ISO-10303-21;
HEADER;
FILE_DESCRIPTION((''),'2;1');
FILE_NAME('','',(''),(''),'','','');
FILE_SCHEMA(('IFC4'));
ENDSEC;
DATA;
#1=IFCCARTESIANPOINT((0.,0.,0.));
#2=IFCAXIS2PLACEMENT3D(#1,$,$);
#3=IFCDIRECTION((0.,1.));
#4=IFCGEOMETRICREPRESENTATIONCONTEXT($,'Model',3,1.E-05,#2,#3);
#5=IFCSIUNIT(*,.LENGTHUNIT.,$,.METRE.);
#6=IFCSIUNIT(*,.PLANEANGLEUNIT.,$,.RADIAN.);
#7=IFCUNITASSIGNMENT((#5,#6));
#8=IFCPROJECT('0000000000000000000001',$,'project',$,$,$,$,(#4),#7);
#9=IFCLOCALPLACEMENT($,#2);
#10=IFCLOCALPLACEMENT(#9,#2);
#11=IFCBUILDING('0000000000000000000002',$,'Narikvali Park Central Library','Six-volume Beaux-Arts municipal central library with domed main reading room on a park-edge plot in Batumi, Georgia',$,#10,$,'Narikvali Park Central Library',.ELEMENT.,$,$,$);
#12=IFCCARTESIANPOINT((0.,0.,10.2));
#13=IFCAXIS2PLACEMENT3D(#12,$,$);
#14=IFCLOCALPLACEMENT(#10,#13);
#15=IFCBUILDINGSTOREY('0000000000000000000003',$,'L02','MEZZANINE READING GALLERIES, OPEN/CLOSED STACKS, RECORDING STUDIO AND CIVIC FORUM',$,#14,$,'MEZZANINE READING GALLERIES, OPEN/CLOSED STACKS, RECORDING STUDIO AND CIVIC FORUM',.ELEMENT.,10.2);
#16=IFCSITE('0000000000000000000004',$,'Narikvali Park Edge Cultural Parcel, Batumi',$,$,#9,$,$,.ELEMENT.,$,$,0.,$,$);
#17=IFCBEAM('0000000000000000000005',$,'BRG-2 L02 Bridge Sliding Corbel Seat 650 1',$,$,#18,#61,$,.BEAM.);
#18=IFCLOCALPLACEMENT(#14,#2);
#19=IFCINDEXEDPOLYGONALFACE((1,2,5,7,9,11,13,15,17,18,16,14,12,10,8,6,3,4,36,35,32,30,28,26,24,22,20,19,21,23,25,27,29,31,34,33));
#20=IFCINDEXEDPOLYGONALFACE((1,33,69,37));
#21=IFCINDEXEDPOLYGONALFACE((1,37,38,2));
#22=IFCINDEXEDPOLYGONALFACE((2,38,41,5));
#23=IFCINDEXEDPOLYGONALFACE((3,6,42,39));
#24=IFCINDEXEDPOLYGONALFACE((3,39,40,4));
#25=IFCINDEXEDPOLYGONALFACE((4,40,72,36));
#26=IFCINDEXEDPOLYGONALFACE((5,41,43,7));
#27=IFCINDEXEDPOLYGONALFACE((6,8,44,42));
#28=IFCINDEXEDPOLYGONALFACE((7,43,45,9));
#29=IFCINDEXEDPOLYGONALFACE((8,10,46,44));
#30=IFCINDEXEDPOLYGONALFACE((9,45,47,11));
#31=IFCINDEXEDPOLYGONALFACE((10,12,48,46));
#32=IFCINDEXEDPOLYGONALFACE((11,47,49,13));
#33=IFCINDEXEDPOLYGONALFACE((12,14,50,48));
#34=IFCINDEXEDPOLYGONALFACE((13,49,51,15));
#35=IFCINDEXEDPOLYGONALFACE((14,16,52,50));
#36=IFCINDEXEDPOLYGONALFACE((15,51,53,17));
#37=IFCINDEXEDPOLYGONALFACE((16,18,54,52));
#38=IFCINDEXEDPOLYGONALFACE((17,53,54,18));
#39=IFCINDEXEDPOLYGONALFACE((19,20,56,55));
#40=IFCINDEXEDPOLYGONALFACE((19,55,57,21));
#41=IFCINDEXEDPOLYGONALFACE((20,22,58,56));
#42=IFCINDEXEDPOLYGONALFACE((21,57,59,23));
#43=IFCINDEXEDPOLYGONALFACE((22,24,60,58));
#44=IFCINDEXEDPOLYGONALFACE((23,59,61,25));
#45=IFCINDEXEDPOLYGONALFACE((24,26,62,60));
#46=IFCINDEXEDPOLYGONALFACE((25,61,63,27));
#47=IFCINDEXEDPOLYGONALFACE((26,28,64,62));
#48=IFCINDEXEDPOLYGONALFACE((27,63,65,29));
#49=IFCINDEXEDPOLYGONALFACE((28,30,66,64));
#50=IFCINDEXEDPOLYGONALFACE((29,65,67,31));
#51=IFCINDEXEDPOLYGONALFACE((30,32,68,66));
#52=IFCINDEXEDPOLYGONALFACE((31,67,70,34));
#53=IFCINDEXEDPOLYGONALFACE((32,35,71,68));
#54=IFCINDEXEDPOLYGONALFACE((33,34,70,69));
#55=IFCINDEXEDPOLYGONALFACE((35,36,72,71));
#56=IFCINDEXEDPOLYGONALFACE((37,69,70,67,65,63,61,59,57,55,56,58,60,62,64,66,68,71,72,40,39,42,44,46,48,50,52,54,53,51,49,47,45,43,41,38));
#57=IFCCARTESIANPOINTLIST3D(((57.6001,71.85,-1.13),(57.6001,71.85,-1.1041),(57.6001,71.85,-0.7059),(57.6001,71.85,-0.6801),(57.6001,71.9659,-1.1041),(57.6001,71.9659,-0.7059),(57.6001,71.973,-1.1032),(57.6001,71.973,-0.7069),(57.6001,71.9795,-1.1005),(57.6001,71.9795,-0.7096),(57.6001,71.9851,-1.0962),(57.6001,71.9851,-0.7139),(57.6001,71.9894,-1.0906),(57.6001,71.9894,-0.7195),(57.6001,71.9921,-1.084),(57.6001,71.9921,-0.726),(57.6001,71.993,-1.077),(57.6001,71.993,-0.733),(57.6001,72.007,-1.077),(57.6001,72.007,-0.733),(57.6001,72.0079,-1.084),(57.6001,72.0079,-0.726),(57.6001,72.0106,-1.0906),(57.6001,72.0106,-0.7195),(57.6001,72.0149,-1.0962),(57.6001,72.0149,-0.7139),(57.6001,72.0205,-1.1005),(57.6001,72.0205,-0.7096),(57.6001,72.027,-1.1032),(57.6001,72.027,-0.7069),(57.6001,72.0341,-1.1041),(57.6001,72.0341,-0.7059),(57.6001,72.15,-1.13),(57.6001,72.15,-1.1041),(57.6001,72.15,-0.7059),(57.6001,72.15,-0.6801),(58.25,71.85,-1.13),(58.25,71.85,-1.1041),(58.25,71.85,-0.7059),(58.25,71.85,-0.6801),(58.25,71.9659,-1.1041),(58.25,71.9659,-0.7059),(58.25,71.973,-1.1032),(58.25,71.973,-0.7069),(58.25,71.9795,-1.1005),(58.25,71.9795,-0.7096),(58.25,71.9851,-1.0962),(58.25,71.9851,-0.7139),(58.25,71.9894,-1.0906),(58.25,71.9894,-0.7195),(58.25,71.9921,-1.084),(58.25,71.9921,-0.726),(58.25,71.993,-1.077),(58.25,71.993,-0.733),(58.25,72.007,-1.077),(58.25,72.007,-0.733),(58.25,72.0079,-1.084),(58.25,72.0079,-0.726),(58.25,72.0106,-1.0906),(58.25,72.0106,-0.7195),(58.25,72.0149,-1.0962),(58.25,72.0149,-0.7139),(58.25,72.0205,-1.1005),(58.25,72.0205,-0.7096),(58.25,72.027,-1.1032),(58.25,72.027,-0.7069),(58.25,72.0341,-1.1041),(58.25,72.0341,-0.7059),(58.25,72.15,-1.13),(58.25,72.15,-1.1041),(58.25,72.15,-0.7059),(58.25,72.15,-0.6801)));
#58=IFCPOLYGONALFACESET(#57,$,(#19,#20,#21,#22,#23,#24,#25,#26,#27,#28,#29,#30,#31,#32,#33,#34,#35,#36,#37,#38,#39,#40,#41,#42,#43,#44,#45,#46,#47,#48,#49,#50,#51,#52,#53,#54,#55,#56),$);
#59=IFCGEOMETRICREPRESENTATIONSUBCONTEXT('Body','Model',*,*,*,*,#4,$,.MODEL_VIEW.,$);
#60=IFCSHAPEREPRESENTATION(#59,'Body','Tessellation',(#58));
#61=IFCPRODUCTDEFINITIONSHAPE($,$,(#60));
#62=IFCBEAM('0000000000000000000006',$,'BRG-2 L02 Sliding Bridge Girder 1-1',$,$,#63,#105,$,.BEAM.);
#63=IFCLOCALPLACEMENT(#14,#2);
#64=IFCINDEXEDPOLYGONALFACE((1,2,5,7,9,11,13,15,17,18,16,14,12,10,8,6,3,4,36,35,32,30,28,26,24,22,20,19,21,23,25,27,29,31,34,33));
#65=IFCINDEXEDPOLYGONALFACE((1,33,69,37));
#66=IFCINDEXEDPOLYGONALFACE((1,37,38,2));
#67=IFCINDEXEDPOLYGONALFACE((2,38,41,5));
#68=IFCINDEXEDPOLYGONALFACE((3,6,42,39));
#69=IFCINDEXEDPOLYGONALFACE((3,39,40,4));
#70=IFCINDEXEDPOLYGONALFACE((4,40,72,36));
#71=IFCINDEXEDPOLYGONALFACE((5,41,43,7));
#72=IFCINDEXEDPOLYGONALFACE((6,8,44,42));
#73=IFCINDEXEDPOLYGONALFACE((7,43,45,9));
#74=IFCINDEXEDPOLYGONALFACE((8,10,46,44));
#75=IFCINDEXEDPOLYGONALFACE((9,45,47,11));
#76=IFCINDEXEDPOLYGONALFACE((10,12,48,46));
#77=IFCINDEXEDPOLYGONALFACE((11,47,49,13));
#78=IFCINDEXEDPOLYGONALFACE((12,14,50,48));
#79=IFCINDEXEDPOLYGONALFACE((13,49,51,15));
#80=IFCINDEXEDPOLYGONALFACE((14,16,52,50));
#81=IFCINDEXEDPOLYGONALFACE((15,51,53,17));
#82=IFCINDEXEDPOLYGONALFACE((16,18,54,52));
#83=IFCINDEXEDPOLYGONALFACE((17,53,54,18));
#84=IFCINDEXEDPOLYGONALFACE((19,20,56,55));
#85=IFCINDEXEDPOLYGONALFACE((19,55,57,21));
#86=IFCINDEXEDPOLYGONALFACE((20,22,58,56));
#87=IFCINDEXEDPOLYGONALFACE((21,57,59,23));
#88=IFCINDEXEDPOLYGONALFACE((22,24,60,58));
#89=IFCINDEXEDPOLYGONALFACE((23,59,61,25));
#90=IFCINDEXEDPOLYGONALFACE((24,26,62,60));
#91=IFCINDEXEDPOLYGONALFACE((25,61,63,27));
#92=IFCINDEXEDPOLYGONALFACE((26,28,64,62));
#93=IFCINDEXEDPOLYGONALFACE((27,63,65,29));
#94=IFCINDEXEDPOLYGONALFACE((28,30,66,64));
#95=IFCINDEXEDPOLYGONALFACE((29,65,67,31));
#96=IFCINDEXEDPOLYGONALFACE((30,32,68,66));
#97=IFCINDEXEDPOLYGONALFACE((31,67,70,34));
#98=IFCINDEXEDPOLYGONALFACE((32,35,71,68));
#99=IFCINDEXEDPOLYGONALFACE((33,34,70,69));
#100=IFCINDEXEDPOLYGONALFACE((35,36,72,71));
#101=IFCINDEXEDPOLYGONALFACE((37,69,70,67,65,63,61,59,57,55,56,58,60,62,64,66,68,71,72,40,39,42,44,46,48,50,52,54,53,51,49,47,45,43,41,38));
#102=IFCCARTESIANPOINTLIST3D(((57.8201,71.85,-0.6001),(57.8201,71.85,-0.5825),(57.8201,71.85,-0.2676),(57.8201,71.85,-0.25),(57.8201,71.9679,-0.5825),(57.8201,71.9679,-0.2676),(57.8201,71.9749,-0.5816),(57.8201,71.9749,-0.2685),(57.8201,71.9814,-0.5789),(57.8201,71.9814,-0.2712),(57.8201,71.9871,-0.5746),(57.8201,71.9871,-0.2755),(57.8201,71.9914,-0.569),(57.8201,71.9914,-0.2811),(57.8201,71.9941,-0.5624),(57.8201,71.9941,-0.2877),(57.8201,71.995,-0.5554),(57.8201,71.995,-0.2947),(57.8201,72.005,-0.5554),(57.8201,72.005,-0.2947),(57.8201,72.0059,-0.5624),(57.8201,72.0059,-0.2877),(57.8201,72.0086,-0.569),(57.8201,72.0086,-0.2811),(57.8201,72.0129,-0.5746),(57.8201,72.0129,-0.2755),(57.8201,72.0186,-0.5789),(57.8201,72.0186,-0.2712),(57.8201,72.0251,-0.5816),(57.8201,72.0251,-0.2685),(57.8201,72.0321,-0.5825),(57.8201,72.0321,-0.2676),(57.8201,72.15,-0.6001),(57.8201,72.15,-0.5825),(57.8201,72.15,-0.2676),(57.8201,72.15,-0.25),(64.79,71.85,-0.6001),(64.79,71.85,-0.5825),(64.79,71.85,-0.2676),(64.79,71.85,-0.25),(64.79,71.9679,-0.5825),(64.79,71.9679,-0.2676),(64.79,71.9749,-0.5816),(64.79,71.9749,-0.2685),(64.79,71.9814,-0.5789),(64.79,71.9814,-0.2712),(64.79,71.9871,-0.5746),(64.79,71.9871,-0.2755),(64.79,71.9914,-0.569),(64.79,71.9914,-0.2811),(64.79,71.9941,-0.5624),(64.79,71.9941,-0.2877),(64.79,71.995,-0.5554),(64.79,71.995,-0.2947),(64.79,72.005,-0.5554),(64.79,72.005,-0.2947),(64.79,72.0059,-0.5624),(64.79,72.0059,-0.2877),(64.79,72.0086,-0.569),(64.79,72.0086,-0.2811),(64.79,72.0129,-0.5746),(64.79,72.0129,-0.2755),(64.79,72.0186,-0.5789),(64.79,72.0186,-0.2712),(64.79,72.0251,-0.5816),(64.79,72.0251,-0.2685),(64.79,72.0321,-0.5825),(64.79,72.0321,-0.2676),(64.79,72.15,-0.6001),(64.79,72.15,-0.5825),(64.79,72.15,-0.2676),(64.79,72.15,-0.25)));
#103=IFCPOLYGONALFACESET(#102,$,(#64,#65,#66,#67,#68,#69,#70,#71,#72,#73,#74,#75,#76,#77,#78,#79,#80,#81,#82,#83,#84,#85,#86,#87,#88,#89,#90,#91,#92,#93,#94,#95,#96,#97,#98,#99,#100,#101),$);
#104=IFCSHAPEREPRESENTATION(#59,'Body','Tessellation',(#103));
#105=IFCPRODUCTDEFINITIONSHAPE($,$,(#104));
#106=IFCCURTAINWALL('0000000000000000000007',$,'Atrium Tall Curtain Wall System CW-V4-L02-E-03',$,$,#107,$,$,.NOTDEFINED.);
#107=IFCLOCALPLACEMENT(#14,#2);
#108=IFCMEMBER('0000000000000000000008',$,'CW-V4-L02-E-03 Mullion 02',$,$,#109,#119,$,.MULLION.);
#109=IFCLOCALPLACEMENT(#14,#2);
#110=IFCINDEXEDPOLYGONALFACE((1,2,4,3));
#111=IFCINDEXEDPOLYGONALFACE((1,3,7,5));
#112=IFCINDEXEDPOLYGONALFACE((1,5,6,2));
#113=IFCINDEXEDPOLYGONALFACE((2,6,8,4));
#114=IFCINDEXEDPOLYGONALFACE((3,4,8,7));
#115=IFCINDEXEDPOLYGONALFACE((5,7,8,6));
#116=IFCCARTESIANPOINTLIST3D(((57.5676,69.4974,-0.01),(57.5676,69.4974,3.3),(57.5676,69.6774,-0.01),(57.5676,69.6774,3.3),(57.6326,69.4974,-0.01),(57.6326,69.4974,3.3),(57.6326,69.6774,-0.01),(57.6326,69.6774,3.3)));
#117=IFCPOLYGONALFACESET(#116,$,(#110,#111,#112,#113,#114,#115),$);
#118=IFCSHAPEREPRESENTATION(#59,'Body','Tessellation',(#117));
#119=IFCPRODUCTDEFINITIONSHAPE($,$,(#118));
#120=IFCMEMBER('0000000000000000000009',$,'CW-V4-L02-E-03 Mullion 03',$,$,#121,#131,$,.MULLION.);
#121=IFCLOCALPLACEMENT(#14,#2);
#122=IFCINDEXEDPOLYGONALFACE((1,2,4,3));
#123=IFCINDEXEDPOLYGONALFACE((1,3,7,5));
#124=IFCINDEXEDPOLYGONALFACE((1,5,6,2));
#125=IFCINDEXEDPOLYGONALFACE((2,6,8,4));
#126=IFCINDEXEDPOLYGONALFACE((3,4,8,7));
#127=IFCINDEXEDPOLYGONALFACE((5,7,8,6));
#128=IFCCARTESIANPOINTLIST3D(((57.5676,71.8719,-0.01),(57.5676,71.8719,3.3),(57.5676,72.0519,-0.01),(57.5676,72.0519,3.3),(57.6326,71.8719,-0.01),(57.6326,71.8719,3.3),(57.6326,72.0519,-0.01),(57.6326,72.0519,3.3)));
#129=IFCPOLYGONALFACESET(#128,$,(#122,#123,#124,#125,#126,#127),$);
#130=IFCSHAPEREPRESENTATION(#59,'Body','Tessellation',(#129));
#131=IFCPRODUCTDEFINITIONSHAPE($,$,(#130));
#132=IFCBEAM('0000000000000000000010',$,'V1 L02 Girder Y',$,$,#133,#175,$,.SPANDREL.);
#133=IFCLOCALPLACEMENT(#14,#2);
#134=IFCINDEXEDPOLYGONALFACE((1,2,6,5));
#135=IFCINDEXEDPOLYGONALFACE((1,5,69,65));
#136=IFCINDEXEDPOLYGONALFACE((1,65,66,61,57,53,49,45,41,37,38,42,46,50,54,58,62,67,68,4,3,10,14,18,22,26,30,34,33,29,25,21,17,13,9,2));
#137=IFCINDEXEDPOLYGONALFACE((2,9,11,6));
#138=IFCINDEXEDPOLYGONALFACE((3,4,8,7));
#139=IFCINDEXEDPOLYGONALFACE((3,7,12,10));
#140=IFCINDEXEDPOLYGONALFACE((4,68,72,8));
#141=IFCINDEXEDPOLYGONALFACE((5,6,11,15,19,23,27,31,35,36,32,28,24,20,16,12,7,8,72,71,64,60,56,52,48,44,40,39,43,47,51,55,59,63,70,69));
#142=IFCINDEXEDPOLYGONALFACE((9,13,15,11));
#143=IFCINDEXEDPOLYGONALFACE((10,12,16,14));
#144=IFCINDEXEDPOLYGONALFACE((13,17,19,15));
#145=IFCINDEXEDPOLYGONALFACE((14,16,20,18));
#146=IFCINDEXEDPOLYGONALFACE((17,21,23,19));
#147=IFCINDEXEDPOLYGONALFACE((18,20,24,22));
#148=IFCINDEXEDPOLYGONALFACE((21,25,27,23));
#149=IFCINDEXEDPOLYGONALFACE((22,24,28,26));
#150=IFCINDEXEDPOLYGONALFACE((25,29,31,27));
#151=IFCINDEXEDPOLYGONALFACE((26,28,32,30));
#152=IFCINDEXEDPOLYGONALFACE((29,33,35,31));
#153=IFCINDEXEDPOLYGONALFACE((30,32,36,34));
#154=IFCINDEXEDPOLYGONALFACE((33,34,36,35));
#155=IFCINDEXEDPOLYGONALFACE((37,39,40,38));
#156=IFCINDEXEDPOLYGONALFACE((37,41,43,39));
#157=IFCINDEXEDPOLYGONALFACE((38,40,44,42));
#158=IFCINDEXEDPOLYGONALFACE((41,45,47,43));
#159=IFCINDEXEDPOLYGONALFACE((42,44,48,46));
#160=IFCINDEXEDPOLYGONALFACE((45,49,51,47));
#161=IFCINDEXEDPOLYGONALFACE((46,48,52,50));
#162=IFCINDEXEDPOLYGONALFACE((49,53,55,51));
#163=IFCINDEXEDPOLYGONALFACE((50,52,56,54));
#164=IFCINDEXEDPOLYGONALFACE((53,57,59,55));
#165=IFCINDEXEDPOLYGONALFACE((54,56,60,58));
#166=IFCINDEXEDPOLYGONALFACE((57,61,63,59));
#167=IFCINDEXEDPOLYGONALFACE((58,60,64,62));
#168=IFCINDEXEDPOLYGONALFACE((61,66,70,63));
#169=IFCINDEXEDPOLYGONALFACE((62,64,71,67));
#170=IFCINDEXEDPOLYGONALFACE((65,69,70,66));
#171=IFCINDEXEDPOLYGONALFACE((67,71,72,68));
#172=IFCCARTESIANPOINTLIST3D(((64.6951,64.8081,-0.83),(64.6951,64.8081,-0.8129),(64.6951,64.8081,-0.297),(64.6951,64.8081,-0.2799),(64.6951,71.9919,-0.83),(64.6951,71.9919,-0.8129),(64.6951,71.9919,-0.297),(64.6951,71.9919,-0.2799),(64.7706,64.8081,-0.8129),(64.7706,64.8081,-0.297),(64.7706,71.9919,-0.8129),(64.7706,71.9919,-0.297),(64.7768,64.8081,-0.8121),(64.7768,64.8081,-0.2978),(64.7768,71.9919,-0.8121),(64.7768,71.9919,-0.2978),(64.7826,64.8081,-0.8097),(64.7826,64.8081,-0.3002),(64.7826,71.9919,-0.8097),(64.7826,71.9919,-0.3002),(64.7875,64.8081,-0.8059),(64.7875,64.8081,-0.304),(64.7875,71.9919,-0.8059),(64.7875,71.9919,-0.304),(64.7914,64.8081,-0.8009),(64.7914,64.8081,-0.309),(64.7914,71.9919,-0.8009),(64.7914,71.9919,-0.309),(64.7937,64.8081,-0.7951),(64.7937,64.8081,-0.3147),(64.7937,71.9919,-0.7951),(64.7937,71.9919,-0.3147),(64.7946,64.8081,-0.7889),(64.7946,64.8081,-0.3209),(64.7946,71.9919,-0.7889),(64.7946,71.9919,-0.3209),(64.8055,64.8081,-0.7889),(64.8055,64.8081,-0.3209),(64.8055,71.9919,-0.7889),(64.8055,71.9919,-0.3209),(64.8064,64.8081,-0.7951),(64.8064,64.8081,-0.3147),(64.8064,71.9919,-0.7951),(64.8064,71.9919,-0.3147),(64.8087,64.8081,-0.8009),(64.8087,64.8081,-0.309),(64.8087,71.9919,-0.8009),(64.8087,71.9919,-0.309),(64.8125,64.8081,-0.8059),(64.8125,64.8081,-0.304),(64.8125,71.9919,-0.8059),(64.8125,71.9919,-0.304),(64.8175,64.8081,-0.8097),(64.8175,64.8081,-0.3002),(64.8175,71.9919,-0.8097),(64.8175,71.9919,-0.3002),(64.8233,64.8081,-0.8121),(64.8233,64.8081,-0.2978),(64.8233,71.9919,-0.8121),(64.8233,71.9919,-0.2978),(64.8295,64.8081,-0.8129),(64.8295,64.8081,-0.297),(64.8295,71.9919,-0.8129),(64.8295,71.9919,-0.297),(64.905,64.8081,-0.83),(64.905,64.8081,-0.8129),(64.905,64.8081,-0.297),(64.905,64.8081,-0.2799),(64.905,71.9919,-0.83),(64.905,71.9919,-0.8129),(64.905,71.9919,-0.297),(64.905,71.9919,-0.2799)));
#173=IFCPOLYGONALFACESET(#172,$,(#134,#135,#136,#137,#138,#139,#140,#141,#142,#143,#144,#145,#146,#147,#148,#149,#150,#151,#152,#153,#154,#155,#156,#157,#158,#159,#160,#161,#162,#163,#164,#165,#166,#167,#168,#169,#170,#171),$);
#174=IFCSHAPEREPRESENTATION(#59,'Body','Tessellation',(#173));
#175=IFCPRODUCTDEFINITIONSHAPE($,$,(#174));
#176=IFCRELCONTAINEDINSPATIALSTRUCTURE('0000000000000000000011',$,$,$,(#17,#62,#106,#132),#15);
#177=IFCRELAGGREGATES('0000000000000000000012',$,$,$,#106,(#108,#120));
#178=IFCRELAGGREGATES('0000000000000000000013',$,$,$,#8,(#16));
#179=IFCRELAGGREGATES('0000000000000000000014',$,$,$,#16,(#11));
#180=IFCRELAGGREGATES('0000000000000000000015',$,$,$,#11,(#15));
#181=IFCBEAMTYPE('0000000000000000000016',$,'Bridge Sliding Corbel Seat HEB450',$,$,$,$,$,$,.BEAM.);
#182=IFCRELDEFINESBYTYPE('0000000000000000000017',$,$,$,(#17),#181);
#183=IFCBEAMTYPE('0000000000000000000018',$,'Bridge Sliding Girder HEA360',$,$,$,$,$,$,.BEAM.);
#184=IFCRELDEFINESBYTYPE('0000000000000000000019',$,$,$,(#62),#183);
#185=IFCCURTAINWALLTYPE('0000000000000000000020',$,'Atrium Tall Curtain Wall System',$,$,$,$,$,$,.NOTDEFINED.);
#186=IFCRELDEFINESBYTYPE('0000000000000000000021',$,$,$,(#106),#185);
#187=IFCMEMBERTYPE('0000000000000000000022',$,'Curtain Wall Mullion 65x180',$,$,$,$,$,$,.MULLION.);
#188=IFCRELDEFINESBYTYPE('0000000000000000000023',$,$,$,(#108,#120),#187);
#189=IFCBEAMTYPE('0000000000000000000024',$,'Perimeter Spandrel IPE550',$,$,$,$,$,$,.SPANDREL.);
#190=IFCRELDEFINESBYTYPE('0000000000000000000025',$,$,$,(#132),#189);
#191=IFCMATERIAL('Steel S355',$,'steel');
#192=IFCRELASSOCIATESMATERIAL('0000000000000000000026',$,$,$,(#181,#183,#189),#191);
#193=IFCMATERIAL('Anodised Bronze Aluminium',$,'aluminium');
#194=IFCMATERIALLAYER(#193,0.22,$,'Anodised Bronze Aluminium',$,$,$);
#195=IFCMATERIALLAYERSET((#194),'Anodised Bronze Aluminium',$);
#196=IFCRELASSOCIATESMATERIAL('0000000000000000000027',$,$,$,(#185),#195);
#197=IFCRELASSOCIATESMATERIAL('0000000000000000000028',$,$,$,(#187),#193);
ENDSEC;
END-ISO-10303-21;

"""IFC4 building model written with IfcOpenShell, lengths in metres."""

from ifc_helpers import new_model, si_unit, direction, frame, origin, origin_2d, place, context, subcontext, project, spatial, rectangle, i_section, extrude, material, layer, layer_set, material_profile, profile_set, type_object, element, aggregate, save


model = new_model("IFC4")

# Units and contexts
model_context = context("Model", 3, precision=1e-05, world=origin(), true_north=direction((0.0, 1.0)))
body_context = subcontext(model_context, "Body", "Model", "MODEL_VIEW")
ifc_project = project(units=[si_unit("LENGTHUNIT", "METRE"), si_unit("PLANEANGLEUNIT", "RADIAN")], contexts=[model_context])

# Site, building, storey
site_placement = place(None, origin())
site = spatial("IfcSite", under=ifc_project, at=site_placement, Name="Narikvali Park Edge Cultural Parcel, Batumi", CompositionType="ELEMENT", RefElevation=0.0)
building_placement = place(site_placement, origin())
building = spatial("IfcBuilding", under=site, at=building_placement, Name="Narikvali Park Central Library", Description="Six-volume Beaux-Arts municipal central library with domed main reading room on a park-edge plot in Batumi, Georgia", LongName="Narikvali Park Central Library", CompositionType="ELEMENT")
storey_placement = place(building_placement, frame((0.0, 0.0, 10.2)))
storey = spatial("IfcBuildingStorey", under=building, at=storey_placement, Name="L02", Description="MEZZANINE READING GALLERIES, OPEN/CLOSED STACKS, RECORDING STUDIO AND CIVIC FORUM", LongName="MEZZANINE READING GALLERIES, OPEN/CLOSED STACKS, RECORDING STUDIO AND CIVIC FORUM", CompositionType="ELEMENT", Elevation=10.2)

# Shared definitions
ifc_material_1 = material(Name="Steel S355", Category="steel")

# Beams
ifc_material_profile_1 = material_profile(ifc_material_1, i_section(OverallWidth=0.3, OverallDepth=0.45, WebThickness=0.0139, FlangeThickness=0.0259, FilletRadius=0.0271, at=origin_2d()), Name="HEB 450")
ifc_profile_set_1 = profile_set([ifc_material_profile_1], Name="Steel S355")
beam_type_1 = type_object("IfcBeamType", Name="Bridge Sliding Corbel Seat HEB450", PredefinedType="BEAM", material=ifc_profile_set_1)
beam_1_placement = place(storey_placement, frame((57.6001, 72.0, -0.905), z_axis=(1.0, 0.0, 0.0), x_axis=(0.0, 1.0, 0.0)))
element("IfcBeam", 1, at=beam_1_placement, inside=storey, type_object=beam_type_1, Name="BRG-2 L02 Bridge Sliding Corbel Seat 650 1", PredefinedType="BEAM", context=body_context, shape_type="SweptSolid", body=[
    extrude(i_section(OverallWidth=0.3, OverallDepth=0.45, WebThickness=0.0139, FlangeThickness=0.0259, FilletRadius=0.0271, at=origin_2d()), origin(), (0.0, 0.0, 1.0), 0.6499),
])
ifc_material_profile_2 = material_profile(ifc_material_1, i_section(OverallWidth=0.3, OverallDepth=0.3501, WebThickness=0.01, FlangeThickness=0.0176, FilletRadius=0.0271, at=origin_2d()), Name="HEA 360")
ifc_profile_set_2 = profile_set([ifc_material_profile_2], Name="Steel S355")
beam_type_2 = type_object("IfcBeamType", Name="Bridge Sliding Girder HEA360", PredefinedType="BEAM", material=ifc_profile_set_2)
beam_2_placement = place(storey_placement, frame((57.8201, 72.0, -0.425), z_axis=(1.0, 0.0, 0.0), x_axis=(0.0, 1.0, 0.0)))
element("IfcBeam", 2, at=beam_2_placement, inside=storey, type_object=beam_type_2, Name="BRG-2 L02 Sliding Bridge Girder 1-1", PredefinedType="BEAM", context=body_context, shape_type="SweptSolid", body=[
    extrude(i_section(OverallWidth=0.3, OverallDepth=0.3501, WebThickness=0.01, FlangeThickness=0.0176, FilletRadius=0.0271, at=origin_2d()), origin(), (0.0, 0.0, 1.0), 6.97),
])

# Curtain wall, members
ifc_material_2 = material(Name="Anodised Bronze Aluminium", Category="aluminium")
ifc_layer_1 = layer(ifc_material_2, 0.22, Name="Anodised Bronze Aluminium")
ifc_layer_set_1 = layer_set([ifc_layer_1], Name="Anodised Bronze Aluminium")
curtain_wall_type = type_object("IfcCurtainWallType", Name="Atrium Tall Curtain Wall System", PredefinedType="NOTDEFINED", material=ifc_layer_set_1)
curtain_wall_placement = place(storey_placement, origin())
curtain_wall = element("IfcCurtainWall", 3, at=curtain_wall_placement, inside=storey, type_object=curtain_wall_type, Name="Atrium Tall Curtain Wall System CW-V4-L02-E-03", PredefinedType="NOTDEFINED")
ifc_material_profile_3 = material_profile(ifc_material_2, rectangle(XDim=0.0649, YDim=0.1799, at=origin_2d()), Name="CW MULLION 65x180")
ifc_profile_set_3 = profile_set([ifc_material_profile_3], Name="Anodised Bronze Aluminium")
member_type = type_object("IfcMemberType", Name="Curtain Wall Mullion 65x180", PredefinedType="MULLION", material=ifc_profile_set_3)
member_1_placement = place(storey_placement, frame((57.6001, 69.5874, -0.01), z_axis=(0.0, 0.0, 1.0), x_axis=(1.0, 0.0, 0.0)))
member_1 = element("IfcMember", 4, at=member_1_placement, type_object=member_type, Name="CW-V4-L02-E-03 Mullion 02", PredefinedType="MULLION", context=body_context, shape_type="SweptSolid", body=[
    extrude(rectangle(XDim=0.0649, YDim=0.1799, at=origin_2d()), origin(), (0.0, 0.0, 1.0), 3.3101),
])
member_2_placement = place(storey_placement, frame((57.6001, 71.9619, -0.01), z_axis=(0.0, 0.0, 1.0), x_axis=(1.0, 0.0, 0.0)))
member_2 = element("IfcMember", 5, at=member_2_placement, type_object=member_type, Name="CW-V4-L02-E-03 Mullion 03", PredefinedType="MULLION", context=body_context, shape_type="SweptSolid", body=[
    extrude(rectangle(XDim=0.0649, YDim=0.1799, at=origin_2d()), origin(), (0.0, 0.0, 1.0), 3.3101),
])

# Beam
ifc_material_profile_4 = material_profile(ifc_material_1, i_section(OverallWidth=0.21, OverallDepth=0.55, WebThickness=0.011, FlangeThickness=0.0171, FilletRadius=0.0239, at=origin_2d()), Name="IPE 550")
ifc_profile_set_4 = profile_set([ifc_material_profile_4], Name="Steel S355")
beam_type_3 = type_object("IfcBeamType", Name="Perimeter Spandrel IPE550", PredefinedType="SPANDREL", material=ifc_profile_set_4)
for number, where, z_axis, x_axis, name in (
    (6, (64.8, 64.8081, -0.5549), (0.0, 1.0, 0.0), (-1.0, 0.0, 0.0), "V1 L02 Girder Y"),
):
    element("IfcBeam", number, at=place(storey_placement, frame(where, z_axis=z_axis, x_axis=x_axis)), inside=storey, type_object=beam_type_3, Name=name, PredefinedType="SPANDREL", context=body_context, shape_type="SweptSolid", body=[
        extrude(i_section(OverallWidth=0.21, OverallDepth=0.55, WebThickness=0.011, FlangeThickness=0.0171, FilletRadius=0.0239, at=origin_2d()), origin(), (0.0, 0.0, 1.0), 7.1838),
    ])

aggregate(curtain_wall, [member_1, member_2])

save(model, "model.ifc")
